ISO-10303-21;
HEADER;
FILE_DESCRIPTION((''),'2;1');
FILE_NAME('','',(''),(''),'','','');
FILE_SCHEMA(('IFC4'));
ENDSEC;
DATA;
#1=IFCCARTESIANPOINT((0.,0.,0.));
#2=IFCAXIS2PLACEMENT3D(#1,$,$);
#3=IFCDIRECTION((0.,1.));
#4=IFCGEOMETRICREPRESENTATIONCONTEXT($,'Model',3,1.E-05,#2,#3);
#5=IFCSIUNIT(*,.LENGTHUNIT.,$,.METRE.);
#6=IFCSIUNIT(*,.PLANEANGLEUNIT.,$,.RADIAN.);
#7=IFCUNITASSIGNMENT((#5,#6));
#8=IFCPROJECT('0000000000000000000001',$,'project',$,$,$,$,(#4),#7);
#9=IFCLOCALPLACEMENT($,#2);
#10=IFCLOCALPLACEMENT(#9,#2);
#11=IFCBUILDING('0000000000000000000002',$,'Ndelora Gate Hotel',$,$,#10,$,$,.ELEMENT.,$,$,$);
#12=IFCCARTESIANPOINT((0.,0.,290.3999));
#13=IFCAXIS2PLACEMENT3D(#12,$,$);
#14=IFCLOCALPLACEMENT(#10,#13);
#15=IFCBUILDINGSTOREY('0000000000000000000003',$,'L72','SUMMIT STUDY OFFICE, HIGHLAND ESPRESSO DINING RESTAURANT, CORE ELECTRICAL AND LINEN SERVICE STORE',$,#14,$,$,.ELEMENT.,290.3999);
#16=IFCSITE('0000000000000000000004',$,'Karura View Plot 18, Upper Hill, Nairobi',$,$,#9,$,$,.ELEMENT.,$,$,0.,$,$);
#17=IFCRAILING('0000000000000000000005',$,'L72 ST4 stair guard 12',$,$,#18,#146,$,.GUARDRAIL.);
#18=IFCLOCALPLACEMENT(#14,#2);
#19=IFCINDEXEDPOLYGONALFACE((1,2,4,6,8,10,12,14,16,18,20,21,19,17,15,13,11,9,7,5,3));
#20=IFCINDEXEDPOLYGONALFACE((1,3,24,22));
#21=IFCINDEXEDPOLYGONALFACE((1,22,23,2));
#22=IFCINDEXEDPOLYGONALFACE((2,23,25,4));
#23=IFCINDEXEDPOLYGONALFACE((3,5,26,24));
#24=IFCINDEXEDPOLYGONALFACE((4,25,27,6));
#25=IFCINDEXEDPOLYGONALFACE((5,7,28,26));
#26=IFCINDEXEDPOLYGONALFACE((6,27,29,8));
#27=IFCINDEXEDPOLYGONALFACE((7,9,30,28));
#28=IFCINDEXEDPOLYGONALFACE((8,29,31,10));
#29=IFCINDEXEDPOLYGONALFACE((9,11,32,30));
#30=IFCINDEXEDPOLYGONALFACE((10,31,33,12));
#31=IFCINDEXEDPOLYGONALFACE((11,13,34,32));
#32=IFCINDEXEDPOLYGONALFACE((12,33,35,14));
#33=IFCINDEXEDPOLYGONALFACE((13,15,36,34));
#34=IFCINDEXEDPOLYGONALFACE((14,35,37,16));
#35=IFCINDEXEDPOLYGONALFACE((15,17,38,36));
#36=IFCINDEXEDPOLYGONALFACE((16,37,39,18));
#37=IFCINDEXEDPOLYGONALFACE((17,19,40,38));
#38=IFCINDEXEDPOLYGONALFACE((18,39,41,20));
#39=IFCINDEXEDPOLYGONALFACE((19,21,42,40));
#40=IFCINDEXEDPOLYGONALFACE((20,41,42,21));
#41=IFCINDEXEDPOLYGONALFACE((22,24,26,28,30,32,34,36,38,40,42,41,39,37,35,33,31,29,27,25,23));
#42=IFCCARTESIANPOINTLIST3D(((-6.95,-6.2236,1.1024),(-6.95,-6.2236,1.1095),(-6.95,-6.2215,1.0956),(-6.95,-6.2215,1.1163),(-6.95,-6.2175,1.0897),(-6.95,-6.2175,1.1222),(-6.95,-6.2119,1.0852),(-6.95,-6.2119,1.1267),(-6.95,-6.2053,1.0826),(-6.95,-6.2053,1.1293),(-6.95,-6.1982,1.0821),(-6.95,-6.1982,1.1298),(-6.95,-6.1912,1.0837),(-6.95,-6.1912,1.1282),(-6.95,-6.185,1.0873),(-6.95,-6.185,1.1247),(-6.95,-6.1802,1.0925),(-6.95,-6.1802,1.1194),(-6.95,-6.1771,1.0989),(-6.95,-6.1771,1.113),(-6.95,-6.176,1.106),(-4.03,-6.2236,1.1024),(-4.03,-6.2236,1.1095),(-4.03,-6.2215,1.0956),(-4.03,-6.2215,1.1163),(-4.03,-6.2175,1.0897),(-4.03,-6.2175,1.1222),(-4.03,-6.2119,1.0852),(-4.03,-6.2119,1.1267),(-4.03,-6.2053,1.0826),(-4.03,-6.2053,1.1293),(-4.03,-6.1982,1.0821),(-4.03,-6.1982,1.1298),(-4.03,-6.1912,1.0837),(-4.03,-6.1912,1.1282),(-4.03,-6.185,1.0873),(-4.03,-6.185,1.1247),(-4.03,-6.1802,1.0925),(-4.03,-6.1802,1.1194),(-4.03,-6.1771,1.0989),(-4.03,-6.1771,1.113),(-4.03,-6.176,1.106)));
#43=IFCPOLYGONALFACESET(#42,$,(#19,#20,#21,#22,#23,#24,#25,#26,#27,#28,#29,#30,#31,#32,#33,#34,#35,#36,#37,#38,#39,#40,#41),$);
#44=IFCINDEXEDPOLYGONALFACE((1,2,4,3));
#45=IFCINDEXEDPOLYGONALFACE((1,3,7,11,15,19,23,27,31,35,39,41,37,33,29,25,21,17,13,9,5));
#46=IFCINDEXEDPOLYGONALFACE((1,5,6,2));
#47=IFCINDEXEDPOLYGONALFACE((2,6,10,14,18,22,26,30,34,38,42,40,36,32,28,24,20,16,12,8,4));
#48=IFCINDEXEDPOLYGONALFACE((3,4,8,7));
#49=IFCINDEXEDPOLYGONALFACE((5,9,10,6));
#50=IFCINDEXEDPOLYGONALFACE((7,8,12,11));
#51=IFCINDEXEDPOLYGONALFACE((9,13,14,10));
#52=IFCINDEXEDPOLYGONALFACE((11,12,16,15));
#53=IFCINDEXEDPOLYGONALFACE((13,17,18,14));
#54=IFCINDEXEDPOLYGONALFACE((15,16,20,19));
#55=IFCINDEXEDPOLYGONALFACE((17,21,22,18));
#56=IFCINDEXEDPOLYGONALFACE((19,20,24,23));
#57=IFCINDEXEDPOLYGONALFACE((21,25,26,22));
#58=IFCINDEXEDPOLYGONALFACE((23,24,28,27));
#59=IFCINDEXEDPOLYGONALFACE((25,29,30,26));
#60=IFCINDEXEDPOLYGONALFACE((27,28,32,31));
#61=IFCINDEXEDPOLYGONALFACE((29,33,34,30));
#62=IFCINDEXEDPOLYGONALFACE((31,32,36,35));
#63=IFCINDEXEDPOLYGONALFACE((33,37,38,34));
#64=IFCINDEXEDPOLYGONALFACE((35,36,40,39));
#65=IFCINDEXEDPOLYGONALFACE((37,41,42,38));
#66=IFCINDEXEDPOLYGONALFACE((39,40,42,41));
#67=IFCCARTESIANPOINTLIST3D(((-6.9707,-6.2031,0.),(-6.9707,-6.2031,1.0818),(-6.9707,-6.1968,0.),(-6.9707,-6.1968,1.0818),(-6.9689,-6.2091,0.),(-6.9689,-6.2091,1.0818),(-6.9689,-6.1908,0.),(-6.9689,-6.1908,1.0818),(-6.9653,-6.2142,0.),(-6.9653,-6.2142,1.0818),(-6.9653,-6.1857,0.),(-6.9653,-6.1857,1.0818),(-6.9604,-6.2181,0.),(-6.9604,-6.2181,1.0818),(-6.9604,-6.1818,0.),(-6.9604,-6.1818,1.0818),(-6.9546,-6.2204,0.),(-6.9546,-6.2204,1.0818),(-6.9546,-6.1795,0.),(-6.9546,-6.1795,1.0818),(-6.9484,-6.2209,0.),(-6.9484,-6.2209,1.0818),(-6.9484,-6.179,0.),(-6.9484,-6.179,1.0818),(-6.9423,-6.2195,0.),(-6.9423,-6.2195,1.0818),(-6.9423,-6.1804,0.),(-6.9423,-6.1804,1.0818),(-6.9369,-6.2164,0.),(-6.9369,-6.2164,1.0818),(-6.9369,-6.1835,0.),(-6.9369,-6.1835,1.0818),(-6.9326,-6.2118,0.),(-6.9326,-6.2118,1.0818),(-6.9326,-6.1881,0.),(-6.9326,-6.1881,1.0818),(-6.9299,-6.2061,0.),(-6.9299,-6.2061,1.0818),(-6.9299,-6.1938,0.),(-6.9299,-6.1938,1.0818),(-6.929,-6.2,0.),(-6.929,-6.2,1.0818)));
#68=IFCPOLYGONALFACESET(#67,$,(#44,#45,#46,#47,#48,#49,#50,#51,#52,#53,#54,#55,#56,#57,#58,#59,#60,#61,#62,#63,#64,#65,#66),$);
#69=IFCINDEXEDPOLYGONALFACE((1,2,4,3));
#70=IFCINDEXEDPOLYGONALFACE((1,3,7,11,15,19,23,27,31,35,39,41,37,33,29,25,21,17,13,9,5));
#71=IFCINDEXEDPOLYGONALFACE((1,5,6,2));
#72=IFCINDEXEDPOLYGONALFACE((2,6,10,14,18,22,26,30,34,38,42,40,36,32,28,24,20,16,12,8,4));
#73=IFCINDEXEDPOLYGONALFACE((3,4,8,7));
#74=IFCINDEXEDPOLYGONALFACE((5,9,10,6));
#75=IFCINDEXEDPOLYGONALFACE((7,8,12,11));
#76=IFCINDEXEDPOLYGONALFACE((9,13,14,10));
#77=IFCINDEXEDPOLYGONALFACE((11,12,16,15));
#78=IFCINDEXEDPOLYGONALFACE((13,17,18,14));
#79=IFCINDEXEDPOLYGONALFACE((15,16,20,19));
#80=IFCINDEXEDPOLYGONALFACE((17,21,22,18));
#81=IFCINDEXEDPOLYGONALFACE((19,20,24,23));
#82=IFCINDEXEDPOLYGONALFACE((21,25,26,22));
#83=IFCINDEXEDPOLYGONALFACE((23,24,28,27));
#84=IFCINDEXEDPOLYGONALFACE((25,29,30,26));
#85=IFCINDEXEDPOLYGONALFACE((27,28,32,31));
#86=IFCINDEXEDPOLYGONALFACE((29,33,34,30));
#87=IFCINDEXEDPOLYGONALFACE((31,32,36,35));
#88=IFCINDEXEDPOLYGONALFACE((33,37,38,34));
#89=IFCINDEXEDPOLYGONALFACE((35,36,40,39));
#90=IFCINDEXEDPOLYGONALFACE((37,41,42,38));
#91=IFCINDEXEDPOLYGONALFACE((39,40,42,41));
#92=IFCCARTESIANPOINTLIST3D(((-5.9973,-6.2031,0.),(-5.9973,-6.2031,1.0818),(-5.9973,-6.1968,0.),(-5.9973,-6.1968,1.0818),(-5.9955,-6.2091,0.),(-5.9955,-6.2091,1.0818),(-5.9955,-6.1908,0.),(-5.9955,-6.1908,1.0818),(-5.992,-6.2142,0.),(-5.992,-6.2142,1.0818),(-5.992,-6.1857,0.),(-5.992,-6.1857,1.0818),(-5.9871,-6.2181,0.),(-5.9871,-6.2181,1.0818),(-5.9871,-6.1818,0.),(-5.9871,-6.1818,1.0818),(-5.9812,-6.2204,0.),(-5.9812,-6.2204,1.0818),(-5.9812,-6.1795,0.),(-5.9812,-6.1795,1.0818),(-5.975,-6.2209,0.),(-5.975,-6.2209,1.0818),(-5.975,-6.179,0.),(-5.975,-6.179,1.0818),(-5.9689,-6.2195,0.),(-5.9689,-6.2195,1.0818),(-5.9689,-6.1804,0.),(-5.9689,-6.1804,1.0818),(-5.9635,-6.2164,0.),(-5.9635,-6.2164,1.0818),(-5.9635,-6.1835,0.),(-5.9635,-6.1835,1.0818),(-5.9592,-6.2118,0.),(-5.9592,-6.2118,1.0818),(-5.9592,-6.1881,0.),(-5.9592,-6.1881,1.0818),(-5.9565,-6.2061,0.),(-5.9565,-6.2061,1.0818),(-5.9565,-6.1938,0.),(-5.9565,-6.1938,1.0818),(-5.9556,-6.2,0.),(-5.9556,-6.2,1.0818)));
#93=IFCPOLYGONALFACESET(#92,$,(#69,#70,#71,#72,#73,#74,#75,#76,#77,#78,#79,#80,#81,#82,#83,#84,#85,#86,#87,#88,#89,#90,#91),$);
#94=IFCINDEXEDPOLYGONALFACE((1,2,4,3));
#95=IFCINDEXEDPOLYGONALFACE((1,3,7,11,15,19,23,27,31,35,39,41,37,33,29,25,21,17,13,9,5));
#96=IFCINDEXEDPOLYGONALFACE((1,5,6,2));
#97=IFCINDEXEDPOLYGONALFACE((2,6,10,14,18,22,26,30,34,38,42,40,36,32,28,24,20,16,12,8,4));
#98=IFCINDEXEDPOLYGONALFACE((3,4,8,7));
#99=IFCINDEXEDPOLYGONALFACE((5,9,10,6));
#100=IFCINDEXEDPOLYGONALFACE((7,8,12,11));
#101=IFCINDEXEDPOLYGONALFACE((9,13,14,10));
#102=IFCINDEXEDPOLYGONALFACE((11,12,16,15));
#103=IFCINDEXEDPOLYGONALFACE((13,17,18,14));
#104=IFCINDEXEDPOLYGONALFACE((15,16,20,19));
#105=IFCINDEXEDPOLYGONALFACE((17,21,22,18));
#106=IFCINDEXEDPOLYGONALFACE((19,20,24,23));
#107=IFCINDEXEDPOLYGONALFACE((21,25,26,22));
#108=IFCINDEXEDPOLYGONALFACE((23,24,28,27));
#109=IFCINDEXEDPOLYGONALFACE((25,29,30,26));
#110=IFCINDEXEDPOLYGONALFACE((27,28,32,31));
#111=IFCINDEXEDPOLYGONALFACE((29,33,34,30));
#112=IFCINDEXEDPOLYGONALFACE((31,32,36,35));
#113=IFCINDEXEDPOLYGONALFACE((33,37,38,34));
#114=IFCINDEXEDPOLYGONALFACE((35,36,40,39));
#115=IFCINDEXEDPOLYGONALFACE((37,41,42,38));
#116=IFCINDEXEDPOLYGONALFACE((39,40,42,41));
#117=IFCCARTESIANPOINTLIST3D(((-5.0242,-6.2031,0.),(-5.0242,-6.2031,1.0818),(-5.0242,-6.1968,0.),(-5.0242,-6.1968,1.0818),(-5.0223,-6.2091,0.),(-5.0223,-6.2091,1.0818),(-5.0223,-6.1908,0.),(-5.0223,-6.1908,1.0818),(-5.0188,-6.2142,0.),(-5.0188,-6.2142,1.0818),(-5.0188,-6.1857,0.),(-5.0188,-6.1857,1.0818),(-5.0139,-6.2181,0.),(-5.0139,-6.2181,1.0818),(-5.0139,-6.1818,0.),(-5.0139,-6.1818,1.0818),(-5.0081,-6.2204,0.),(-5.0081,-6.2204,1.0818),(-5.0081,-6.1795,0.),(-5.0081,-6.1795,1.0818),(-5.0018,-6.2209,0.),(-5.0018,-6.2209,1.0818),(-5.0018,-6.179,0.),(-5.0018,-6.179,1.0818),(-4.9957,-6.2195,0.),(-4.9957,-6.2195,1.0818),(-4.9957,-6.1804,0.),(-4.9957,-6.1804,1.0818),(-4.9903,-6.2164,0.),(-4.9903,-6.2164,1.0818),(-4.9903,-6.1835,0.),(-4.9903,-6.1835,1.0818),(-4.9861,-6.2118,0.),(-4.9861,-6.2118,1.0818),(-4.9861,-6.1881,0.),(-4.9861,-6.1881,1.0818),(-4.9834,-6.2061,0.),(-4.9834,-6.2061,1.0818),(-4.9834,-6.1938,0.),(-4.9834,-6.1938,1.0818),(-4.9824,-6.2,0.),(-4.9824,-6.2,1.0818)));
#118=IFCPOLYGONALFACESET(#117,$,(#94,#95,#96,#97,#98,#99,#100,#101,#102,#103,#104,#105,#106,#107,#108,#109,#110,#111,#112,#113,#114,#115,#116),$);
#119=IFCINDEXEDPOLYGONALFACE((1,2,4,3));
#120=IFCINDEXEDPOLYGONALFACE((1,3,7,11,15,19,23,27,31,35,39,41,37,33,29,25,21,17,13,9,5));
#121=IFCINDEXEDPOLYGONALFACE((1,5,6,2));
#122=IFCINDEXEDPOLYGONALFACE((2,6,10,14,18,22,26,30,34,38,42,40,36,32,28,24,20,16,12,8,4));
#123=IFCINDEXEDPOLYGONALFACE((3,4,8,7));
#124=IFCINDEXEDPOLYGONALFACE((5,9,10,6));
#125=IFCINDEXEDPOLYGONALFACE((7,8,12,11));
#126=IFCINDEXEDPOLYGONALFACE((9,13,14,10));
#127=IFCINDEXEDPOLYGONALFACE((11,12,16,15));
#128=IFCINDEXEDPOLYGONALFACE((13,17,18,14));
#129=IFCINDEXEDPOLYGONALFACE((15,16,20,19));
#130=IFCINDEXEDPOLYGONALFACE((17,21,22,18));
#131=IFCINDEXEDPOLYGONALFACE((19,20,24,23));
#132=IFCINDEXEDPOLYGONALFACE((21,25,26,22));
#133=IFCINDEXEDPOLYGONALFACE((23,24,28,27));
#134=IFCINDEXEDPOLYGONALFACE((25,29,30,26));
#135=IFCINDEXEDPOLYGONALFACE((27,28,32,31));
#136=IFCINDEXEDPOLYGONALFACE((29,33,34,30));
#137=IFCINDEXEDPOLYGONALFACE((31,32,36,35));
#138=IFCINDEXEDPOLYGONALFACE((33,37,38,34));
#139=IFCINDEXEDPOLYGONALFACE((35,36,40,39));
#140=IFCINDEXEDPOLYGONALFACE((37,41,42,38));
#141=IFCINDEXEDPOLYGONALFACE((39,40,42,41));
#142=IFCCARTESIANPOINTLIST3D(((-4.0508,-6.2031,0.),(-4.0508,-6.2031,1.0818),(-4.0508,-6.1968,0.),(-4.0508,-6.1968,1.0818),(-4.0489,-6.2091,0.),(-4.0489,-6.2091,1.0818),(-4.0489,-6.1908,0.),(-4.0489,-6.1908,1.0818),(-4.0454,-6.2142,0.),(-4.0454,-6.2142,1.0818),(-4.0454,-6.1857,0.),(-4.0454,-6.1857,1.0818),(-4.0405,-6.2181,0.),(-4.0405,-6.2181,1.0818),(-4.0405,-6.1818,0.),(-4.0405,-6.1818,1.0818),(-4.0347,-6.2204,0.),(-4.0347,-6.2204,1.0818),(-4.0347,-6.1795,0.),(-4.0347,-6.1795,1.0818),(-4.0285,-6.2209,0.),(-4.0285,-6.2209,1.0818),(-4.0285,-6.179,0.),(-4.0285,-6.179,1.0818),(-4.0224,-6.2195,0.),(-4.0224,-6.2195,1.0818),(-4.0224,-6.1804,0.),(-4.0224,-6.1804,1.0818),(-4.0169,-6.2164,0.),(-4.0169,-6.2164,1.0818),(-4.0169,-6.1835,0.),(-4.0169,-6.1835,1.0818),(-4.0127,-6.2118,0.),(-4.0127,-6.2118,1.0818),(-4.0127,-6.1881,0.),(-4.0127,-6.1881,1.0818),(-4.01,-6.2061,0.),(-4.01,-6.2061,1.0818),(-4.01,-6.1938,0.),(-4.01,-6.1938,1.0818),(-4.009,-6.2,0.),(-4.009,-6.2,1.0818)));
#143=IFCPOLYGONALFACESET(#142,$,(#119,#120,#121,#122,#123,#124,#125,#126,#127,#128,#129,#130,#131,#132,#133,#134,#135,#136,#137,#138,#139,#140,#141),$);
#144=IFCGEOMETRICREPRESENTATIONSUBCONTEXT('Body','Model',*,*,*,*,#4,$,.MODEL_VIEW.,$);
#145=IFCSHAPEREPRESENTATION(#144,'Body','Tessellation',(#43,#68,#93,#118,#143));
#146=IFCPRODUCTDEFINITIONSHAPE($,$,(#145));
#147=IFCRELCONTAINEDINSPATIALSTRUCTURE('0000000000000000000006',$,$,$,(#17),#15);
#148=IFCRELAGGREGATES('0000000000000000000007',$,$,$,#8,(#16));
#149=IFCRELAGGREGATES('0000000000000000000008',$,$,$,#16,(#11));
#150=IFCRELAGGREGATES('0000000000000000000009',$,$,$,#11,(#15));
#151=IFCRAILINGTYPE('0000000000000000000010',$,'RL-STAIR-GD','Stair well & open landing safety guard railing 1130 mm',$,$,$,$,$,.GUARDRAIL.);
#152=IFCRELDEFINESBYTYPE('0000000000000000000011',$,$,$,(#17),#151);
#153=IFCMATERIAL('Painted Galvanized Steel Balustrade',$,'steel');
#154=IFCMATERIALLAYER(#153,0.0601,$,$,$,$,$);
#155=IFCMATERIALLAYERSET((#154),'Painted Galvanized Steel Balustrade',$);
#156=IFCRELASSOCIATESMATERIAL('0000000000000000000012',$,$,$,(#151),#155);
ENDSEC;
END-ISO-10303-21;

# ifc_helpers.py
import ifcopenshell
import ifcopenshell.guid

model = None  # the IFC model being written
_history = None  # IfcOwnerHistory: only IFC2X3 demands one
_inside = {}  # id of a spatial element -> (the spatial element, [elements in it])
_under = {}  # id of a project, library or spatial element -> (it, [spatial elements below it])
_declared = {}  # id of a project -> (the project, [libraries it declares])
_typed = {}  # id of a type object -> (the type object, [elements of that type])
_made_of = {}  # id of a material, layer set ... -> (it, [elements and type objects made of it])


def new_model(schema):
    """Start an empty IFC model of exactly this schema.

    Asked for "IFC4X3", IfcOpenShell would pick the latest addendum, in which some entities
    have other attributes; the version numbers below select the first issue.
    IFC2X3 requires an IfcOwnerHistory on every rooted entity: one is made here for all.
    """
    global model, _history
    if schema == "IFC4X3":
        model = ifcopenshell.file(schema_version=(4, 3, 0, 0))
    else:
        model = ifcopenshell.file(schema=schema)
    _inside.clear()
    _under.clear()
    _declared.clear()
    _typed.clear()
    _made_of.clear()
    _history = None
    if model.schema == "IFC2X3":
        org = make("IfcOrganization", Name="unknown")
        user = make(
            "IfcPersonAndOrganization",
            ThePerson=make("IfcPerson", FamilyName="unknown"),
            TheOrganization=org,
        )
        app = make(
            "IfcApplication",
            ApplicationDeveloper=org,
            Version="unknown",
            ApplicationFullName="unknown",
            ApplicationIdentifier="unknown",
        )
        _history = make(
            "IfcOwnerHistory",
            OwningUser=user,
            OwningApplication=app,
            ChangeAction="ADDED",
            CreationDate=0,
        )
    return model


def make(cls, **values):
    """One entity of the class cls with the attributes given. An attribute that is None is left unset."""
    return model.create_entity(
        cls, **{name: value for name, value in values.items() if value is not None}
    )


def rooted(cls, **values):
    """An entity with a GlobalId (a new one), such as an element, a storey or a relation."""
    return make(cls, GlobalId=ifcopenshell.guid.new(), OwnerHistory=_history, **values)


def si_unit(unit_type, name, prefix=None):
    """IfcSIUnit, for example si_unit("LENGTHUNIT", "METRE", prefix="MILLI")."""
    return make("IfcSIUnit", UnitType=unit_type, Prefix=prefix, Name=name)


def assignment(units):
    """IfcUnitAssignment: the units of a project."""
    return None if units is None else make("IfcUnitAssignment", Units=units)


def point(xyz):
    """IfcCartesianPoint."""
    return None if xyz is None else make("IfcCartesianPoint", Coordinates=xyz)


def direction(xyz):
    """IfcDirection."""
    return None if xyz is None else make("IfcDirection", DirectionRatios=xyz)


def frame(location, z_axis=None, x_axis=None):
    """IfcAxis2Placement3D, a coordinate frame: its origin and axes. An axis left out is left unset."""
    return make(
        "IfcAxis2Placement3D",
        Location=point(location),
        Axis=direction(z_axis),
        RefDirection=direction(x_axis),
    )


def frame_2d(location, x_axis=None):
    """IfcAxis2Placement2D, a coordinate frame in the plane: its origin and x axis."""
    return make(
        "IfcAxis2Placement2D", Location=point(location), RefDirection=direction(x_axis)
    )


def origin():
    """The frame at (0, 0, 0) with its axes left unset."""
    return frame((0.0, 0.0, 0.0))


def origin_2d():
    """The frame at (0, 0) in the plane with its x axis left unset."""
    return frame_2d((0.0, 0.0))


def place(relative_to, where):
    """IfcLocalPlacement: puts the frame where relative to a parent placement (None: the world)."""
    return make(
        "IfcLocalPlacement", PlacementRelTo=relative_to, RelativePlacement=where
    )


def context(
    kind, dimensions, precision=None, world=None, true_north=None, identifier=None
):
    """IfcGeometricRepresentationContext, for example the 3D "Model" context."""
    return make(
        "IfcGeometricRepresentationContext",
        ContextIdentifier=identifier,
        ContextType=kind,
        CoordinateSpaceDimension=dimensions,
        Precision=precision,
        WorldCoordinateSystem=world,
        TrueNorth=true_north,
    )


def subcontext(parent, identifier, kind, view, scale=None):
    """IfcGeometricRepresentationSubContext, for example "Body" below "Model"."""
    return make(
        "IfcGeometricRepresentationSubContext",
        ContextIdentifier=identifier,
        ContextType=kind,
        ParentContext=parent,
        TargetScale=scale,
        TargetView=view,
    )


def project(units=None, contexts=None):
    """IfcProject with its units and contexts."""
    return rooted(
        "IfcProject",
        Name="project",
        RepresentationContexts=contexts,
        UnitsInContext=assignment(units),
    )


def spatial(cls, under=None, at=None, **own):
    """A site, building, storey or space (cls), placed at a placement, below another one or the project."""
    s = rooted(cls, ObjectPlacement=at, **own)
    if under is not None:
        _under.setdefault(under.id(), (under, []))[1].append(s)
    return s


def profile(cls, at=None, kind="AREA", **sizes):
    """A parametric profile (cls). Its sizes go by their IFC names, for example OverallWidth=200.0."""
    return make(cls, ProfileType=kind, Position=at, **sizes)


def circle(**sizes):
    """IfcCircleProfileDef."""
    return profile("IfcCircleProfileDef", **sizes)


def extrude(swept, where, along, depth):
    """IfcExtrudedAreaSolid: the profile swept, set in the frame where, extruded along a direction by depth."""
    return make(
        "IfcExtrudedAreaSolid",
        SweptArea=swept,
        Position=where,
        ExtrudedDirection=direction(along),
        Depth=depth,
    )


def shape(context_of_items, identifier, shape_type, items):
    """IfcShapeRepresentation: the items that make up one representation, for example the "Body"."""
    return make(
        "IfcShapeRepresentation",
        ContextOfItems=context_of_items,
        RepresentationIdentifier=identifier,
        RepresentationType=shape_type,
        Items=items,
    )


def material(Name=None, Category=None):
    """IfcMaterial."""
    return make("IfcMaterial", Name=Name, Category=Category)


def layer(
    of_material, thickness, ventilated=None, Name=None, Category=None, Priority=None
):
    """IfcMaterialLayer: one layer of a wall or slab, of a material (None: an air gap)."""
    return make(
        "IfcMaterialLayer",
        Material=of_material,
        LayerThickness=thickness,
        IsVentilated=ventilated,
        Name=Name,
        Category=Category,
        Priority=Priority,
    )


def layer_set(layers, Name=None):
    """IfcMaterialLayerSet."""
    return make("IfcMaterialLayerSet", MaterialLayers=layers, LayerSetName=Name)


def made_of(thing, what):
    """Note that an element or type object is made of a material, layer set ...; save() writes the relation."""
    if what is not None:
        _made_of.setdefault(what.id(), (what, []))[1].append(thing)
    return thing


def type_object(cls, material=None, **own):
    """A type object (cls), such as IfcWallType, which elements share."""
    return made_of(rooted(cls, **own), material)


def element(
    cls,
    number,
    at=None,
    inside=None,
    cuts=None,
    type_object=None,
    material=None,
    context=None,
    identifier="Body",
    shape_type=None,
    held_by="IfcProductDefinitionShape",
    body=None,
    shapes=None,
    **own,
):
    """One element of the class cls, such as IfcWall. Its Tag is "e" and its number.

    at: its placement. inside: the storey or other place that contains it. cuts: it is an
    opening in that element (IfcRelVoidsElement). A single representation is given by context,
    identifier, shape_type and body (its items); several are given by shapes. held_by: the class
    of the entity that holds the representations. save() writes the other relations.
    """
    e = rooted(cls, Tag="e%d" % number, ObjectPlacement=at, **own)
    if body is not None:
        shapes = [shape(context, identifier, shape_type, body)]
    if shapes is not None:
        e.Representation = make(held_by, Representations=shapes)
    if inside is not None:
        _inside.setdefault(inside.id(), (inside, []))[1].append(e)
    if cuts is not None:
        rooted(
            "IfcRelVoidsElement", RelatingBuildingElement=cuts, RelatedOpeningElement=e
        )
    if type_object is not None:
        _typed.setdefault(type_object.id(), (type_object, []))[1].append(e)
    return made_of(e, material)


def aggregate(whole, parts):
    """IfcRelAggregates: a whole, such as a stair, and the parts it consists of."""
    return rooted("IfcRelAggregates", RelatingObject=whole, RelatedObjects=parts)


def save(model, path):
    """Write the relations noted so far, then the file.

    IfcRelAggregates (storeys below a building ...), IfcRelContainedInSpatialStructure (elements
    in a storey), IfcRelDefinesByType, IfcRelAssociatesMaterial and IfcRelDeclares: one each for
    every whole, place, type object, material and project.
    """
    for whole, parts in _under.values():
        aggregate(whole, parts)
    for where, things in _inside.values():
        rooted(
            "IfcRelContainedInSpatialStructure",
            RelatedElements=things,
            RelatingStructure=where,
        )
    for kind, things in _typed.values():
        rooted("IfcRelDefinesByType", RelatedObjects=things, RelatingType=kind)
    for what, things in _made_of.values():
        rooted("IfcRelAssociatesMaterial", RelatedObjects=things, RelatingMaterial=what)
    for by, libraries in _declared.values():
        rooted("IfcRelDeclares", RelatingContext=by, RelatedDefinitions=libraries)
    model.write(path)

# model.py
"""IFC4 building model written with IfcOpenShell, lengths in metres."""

from ifc_helpers import new_model, si_unit, direction, frame, origin, origin_2d, place, context, subcontext, project, spatial, circle, extrude, material, layer, layer_set, type_object, element, save


model = new_model("IFC4")

# Units and contexts
model_context = context("Model", 3, precision=1e-05, world=origin(), true_north=direction((0.0, 1.0)))
body_context = subcontext(model_context, "Body", "Model", "MODEL_VIEW")
ifc_project = project(units=[si_unit("LENGTHUNIT", "METRE"), si_unit("PLANEANGLEUNIT", "RADIAN")], contexts=[model_context])

# Site, building, storey
site_placement = place(None, origin())
site = spatial("IfcSite", under=ifc_project, at=site_placement, Name="Karura View Plot 18, Upper Hill, Nairobi", CompositionType="ELEMENT", RefElevation=0.0)
building_placement = place(site_placement, origin())
building = spatial("IfcBuilding", under=site, at=building_placement, Name="Ndelora Gate Hotel", CompositionType="ELEMENT")
storey_placement = place(building_placement, frame((0.0, 0.0, 290.3999)))
storey = spatial("IfcBuildingStorey", under=building, at=storey_placement, Name="L72", Description="SUMMIT STUDY OFFICE, HIGHLAND ESPRESSO DINING RESTAURANT, CORE ELECTRICAL AND LINEN SERVICE STORE", CompositionType="ELEMENT", Elevation=290.3999)

# Railing
ifc_material_1 = material(Name="Painted Galvanized Steel Balustrade", Category="steel")
ifc_layer_1 = layer(ifc_material_1, 0.0601)
ifc_layer_set_1 = layer_set([ifc_layer_1], Name="Painted Galvanized Steel Balustrade")
railing_type_1 = type_object("IfcRailingType", Name="RL-STAIR-GD", Description="Stair well & open landing safety guard railing 1130 mm", PredefinedType="GUARDRAIL", material=ifc_layer_set_1)
railing_1_placement = place(storey_placement, frame((-6.95, -6.2, 0.0)))
element("IfcRailing", 1, at=railing_1_placement, inside=storey, type_object=railing_type_1, Name="L72 ST4 stair guard 12", PredefinedType="GUARDRAIL", context=body_context, shape_type="SweptSolid", body=[
    extrude(circle(Radius=0.0239, at=origin_2d()), frame((0.0, 0.0, 1.106), z_axis=(1.0, 0.0, 0.0), x_axis=(0.0, 1.0, 0.0)), (0.0, 0.0, 1.0), 2.9199),
    extrude(circle(Radius=0.021, at=origin_2d()), origin(), (0.0, 0.0, 1.0), 1.0818),
    extrude(circle(Radius=0.021, at=origin_2d()), frame((0.9734, 0.0, 0.0)), (0.0, 0.0, 1.0), 1.0818),
    extrude(circle(Radius=0.021, at=origin_2d()), frame((1.9465, 0.0, 0.0)), (0.0, 0.0, 1.0), 1.0818),
    extrude(circle(Radius=0.021, at=origin_2d()), frame((2.9199, 0.0, 0.0)), (0.0, 0.0, 1.0), 1.0818),
])

save(model, "model.ifc")
